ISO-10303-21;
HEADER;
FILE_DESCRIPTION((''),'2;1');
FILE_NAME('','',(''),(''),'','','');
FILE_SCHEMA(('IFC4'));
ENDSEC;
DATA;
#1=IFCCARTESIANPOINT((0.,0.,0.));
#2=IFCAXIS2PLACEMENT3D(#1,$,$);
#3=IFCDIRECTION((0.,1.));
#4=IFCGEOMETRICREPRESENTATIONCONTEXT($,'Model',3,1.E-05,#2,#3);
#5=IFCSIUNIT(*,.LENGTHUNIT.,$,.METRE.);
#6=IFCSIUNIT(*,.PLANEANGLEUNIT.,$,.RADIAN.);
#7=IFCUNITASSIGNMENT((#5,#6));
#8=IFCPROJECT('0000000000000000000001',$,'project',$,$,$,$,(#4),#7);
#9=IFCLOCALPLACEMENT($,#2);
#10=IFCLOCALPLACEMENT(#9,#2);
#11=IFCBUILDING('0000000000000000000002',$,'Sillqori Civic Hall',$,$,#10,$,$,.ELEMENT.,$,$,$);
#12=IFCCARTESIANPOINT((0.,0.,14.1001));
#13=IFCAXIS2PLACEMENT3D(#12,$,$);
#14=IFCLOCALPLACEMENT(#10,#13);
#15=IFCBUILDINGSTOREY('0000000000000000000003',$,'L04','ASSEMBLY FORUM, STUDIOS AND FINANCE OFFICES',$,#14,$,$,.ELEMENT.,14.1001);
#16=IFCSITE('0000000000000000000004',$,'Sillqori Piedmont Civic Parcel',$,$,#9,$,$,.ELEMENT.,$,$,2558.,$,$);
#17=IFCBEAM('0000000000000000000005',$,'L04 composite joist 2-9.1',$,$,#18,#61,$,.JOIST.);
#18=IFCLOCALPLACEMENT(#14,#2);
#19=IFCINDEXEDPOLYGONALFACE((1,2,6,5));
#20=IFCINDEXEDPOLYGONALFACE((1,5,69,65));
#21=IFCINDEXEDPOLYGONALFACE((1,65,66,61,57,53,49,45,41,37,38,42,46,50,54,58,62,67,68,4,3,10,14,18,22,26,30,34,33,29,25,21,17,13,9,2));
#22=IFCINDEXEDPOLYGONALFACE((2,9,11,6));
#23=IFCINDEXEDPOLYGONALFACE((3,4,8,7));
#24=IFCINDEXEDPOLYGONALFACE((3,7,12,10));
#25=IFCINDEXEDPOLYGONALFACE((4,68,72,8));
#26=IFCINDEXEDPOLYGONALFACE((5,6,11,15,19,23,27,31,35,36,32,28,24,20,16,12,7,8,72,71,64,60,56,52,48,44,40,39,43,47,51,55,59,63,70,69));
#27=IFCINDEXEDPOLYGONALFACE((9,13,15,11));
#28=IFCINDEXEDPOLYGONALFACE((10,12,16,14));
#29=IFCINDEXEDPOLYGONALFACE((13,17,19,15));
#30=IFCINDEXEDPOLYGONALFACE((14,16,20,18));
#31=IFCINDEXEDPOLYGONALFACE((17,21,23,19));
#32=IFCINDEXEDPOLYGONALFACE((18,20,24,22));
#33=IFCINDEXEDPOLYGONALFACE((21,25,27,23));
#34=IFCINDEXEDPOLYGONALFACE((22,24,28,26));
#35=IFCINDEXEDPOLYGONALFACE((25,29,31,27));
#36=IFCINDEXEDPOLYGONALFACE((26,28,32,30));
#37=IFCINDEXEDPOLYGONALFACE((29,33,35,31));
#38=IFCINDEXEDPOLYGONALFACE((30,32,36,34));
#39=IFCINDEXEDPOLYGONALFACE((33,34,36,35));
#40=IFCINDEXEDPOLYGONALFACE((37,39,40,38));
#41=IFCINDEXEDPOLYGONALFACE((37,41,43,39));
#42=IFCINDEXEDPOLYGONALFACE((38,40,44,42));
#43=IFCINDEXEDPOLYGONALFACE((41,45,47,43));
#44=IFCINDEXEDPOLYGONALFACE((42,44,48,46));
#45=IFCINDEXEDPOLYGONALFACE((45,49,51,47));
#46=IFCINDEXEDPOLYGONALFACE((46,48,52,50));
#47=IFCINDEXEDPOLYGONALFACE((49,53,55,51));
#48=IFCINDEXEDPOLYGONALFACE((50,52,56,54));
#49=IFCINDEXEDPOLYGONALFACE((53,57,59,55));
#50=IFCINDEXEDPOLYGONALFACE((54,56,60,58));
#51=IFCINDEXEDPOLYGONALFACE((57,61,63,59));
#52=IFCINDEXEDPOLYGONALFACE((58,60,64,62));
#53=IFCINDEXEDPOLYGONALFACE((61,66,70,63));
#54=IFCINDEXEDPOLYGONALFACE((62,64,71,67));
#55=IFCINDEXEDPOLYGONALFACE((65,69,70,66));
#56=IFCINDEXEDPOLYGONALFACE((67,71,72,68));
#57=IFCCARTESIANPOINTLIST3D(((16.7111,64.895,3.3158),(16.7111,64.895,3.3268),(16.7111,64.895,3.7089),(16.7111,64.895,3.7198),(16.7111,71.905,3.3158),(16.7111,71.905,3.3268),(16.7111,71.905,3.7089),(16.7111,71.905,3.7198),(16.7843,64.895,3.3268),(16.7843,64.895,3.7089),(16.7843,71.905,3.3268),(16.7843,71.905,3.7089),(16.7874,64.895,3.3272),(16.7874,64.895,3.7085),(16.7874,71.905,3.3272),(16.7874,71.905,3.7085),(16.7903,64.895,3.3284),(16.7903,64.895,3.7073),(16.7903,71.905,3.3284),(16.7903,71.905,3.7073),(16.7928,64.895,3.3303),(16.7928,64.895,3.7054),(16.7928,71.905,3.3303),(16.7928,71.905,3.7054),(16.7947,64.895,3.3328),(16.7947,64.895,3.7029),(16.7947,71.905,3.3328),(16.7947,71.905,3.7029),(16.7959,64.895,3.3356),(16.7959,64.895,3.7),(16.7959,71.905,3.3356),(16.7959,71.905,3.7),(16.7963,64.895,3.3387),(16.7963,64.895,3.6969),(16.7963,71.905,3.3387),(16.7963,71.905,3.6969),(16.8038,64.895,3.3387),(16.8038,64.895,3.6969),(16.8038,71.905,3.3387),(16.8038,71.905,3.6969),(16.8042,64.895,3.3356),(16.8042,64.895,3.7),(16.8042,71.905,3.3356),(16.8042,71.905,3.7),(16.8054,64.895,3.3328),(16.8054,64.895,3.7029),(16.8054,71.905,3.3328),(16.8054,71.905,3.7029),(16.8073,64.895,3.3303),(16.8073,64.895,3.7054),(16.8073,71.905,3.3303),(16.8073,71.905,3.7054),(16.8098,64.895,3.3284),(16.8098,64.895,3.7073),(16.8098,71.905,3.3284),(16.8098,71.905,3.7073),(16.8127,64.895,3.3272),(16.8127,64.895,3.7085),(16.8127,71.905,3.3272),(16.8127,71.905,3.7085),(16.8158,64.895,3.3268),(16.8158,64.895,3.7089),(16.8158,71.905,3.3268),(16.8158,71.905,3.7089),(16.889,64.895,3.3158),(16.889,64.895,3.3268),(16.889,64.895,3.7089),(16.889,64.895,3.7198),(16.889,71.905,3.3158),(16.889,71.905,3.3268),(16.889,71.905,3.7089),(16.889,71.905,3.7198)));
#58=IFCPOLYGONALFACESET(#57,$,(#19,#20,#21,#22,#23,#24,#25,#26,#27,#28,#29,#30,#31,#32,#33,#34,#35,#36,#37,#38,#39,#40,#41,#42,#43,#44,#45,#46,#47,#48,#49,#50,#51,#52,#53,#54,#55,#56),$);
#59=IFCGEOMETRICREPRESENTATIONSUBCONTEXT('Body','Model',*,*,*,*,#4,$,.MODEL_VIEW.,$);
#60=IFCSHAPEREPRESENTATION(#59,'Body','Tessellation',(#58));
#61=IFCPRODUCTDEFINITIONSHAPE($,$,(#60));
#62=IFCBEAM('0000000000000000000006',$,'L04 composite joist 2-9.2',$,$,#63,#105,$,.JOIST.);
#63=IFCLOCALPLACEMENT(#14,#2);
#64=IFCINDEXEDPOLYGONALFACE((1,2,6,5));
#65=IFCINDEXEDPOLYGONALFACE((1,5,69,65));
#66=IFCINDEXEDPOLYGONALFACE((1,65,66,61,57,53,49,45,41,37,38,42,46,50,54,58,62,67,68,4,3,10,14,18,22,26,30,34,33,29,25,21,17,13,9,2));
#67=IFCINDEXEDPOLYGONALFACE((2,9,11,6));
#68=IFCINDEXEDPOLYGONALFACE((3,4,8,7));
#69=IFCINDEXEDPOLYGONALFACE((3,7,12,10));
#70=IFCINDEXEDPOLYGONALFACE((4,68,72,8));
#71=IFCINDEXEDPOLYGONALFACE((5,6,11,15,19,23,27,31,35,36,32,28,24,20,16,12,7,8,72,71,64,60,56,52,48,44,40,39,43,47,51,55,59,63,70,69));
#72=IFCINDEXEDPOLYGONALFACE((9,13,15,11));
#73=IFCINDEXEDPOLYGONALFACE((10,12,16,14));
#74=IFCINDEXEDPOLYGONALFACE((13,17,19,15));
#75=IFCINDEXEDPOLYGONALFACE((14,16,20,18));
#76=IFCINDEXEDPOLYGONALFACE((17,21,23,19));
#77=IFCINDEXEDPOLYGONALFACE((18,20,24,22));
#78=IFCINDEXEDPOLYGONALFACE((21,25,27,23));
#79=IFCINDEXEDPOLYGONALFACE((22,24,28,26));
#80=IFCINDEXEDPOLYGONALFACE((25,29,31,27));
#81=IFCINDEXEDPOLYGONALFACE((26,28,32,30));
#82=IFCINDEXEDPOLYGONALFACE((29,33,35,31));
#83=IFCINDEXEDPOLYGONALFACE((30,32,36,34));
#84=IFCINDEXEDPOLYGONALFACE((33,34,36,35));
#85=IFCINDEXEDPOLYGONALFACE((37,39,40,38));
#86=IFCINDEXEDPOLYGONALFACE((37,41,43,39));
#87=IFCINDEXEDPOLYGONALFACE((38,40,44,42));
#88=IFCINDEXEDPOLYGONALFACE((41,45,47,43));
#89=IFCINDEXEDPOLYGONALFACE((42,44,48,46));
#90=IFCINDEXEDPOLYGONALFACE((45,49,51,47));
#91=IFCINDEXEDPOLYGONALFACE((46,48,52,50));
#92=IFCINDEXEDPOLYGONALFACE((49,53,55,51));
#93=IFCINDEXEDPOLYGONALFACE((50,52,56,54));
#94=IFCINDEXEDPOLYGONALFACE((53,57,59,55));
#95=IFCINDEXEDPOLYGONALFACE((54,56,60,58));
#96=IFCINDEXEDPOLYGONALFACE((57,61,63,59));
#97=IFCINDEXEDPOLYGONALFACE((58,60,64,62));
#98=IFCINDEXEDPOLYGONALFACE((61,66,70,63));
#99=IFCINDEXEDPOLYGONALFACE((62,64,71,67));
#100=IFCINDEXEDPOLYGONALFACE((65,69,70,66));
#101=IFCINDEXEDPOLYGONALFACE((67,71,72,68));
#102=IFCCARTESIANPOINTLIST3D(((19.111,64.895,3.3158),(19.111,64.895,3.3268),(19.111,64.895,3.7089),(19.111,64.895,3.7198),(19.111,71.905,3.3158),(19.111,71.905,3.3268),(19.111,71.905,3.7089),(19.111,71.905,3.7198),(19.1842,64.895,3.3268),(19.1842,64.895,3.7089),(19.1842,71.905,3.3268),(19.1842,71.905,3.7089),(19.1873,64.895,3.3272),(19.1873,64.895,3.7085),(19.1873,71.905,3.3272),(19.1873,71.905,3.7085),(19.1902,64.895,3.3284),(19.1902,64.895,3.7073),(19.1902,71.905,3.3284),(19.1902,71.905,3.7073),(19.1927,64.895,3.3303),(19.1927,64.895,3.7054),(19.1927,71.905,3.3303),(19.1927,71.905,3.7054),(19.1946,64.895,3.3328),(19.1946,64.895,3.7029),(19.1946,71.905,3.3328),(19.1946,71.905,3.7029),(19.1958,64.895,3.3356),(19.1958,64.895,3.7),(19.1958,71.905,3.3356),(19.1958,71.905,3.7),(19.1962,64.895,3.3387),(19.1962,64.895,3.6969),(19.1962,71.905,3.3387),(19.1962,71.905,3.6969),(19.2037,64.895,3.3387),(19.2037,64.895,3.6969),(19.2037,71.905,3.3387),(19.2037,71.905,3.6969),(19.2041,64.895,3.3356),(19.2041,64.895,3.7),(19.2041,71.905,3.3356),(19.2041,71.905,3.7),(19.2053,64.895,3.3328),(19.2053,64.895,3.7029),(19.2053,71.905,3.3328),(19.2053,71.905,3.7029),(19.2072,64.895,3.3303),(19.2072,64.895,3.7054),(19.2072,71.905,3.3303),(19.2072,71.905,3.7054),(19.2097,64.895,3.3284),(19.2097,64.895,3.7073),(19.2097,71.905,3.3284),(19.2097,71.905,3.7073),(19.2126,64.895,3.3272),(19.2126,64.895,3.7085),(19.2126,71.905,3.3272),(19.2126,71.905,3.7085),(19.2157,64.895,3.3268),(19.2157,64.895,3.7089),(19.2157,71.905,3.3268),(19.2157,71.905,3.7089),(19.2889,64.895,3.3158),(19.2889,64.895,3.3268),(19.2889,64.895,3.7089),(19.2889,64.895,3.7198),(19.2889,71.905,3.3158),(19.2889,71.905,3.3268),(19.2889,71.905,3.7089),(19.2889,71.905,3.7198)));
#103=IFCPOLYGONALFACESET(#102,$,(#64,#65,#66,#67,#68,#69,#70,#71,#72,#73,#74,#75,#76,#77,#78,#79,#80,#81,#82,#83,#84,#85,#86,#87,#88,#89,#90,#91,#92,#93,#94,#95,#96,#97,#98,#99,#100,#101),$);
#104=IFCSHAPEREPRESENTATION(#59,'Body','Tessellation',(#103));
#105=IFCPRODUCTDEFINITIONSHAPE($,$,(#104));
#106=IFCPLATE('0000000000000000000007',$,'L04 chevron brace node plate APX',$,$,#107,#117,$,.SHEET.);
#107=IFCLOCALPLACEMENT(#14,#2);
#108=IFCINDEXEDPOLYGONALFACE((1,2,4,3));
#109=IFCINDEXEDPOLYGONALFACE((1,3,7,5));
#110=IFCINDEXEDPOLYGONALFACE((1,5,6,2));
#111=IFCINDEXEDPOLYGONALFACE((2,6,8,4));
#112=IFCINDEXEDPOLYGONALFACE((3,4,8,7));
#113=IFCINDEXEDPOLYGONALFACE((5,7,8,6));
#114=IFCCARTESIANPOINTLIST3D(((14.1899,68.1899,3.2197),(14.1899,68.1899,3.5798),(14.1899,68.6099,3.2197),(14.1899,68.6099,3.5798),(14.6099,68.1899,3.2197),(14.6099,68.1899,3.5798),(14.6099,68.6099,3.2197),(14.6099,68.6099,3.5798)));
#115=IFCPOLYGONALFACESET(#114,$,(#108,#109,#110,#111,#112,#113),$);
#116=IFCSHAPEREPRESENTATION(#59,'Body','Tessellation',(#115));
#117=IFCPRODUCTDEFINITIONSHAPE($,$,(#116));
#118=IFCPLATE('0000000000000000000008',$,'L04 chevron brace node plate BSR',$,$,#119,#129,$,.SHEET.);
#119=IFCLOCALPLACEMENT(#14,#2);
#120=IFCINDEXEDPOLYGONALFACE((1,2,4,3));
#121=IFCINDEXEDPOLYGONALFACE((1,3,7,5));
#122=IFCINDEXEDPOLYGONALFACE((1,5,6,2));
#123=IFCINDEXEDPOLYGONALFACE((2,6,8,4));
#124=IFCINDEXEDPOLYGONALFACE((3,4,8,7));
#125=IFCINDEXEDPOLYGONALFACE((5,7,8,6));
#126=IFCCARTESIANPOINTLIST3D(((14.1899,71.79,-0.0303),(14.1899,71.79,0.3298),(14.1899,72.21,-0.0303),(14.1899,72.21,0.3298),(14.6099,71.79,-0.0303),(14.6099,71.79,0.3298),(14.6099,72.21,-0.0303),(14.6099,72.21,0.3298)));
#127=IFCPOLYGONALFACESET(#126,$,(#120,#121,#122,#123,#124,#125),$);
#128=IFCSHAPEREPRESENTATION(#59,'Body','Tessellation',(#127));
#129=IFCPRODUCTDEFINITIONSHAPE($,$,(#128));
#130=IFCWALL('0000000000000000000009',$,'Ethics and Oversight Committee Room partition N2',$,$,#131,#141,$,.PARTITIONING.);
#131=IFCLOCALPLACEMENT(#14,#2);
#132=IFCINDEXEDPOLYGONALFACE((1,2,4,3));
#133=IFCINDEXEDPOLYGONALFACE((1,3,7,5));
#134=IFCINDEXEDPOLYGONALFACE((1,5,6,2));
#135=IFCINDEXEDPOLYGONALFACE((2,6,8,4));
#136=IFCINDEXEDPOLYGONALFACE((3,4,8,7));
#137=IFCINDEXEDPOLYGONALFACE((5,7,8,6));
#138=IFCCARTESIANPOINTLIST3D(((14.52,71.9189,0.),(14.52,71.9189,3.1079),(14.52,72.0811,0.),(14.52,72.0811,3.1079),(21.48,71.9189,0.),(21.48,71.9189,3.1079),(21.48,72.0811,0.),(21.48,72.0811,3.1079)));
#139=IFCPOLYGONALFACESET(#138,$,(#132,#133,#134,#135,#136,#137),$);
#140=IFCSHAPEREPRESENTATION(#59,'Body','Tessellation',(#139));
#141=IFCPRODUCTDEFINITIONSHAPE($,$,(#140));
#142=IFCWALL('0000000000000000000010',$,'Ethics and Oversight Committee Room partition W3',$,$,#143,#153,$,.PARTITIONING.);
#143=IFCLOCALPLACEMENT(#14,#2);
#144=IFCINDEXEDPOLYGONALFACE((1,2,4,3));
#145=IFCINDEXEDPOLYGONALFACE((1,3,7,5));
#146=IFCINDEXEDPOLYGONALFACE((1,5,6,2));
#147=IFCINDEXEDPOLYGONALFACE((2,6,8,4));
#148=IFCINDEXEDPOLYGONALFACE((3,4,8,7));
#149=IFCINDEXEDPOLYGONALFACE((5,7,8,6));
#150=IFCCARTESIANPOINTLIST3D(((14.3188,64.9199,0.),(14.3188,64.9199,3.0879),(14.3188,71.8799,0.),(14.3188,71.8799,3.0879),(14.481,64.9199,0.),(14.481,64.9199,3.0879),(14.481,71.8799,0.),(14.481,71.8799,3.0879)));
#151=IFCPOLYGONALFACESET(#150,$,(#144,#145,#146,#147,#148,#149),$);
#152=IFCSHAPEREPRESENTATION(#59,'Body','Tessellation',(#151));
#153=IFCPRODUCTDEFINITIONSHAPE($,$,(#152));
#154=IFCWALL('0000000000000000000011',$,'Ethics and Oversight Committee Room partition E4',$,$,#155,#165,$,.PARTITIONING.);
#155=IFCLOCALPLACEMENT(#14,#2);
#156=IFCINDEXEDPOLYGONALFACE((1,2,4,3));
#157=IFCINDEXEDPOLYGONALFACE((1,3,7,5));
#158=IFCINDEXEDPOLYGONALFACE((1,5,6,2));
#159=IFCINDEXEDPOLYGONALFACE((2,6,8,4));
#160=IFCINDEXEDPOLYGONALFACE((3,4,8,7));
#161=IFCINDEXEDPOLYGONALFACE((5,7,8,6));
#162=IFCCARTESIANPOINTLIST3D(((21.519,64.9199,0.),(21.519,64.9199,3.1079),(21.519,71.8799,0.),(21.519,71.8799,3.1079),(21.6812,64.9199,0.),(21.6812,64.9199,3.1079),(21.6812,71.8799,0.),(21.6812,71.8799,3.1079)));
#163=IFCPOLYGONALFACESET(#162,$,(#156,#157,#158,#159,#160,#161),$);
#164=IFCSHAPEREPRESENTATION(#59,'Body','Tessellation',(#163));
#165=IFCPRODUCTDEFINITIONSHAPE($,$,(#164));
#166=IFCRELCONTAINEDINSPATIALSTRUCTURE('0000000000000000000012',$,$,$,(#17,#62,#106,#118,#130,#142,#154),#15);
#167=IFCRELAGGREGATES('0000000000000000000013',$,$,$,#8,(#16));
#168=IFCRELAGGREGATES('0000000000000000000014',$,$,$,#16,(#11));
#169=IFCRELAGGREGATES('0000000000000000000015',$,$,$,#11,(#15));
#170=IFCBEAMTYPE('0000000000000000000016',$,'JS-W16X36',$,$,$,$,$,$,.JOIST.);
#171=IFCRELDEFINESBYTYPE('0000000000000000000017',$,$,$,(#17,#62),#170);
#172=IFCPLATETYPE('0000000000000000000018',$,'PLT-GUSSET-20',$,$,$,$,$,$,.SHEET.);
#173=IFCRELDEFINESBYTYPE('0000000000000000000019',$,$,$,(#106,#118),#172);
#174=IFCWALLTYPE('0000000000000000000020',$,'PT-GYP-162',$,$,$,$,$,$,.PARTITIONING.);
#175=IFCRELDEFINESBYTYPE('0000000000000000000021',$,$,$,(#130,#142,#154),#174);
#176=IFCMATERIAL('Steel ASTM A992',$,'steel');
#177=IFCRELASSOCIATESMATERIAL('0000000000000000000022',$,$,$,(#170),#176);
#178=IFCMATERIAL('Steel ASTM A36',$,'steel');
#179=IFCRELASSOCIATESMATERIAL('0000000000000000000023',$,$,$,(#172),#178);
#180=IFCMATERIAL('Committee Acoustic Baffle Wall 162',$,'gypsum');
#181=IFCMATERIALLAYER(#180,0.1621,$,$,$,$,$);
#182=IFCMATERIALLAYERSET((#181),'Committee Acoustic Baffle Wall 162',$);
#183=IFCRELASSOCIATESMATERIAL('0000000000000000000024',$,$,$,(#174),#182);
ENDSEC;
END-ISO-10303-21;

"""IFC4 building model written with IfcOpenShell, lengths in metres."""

from ifc_helpers import new_model, si_unit, direction, frame, frame_2d, origin, origin_2d, place, context, subcontext, project, spatial, rectangle, i_section, extrude, material, layer, layer_set, material_profile, profile_set, type_object, element, save


model = new_model("IFC4")

# Units and contexts
model_context = context("Model", 3, precision=1e-05, world=origin(), true_north=direction((0.0, 1.0)))
body_context = subcontext(model_context, "Body", "Model", "MODEL_VIEW")
ifc_project = project(units=[si_unit("LENGTHUNIT", "METRE"), si_unit("PLANEANGLEUNIT", "RADIAN")], contexts=[model_context])

# Site, building, storey
site_placement = place(None, origin())
site = spatial("IfcSite", under=ifc_project, at=site_placement, Name="Sillqori Piedmont Civic Parcel", CompositionType="ELEMENT", RefElevation=2558.0)
building_placement = place(site_placement, origin())
building = spatial("IfcBuilding", under=site, at=building_placement, Name="Sillqori Civic Hall", CompositionType="ELEMENT")
storey_placement = place(building_placement, frame((0.0, 0.0, 14.1001)))
storey = spatial("IfcBuildingStorey", under=building, at=storey_placement, Name="L04", Description="ASSEMBLY FORUM, STUDIOS AND FINANCE OFFICES", CompositionType="ELEMENT", Elevation=14.1001)

# Shared definitions
ifc_material_1 = material(Name="Steel ASTM A992", Category="steel")

# Beams
ifc_material_profile_1 = material_profile(ifc_material_1, i_section(OverallWidth=0.178, OverallDepth=0.4041, WebThickness=0.0076, FlangeThickness=0.011, FilletRadius=0.012, at=origin_2d()), Name="W16X36")
ifc_profile_set_1 = profile_set([ifc_material_profile_1], Name="Steel ASTM A992")
beam_type_1 = type_object("IfcBeamType", Name="JS-W16X36", PredefinedType="JOIST", material=ifc_profile_set_1)
for number, where, z_axis, x_axis, name in (
    (1, (16.8, 64.895, 3.5178), (0.0, 1.0, 0.0), (-1.0, 0.0, 0.0), "L04 composite joist 2-9.1"),
    (2, (19.2, 64.895, 3.5178), (0.0, 1.0, 0.0), (-1.0, 0.0, 0.0), "L04 composite joist 2-9.2"),
):
    element("IfcBeam", number, at=place(storey_placement, frame(where, z_axis=z_axis, x_axis=x_axis)), inside=storey, type_object=beam_type_1, Name=name, PredefinedType="JOIST", context=body_context, shape_type="SweptSolid", body=[
        extrude(i_section(OverallWidth=0.178, OverallDepth=0.4041, WebThickness=0.0076, FlangeThickness=0.011, FilletRadius=0.012, at=origin_2d()), origin(), (0.0, 0.0, 1.0), 7.01),
    ])

# Plates
ifc_material_2 = material(Name="Steel ASTM A36", Category="steel")
plate_type = type_object("IfcPlateType", Name="PLT-GUSSET-20", PredefinedType="SHEET", material=ifc_material_2)
for number, where, z_axis, x_axis, name in (
    (3, (14.3999, 68.3999, 3.2197), (0.0, 0.0, 1.0), (1.0, 0.0, 0.0), "L04 chevron brace node plate APX"),
    (4, (14.3999, 72.0, -0.0303), (0.0, 0.0, 1.0), (1.0, 0.0, 0.0), "L04 chevron brace node plate BSR"),
):
    element("IfcPlate", number, at=place(storey_placement, frame(where, z_axis=z_axis, x_axis=x_axis)), inside=storey, type_object=plate_type, Name=name, PredefinedType="SHEET", context=body_context, shape_type="SweptSolid", body=[
        extrude(rectangle(XDim=0.4199, YDim=0.4199, at=origin_2d()), origin(), (0.0, 0.0, 1.0), 0.3601),
    ])

# Walls
ifc_material_3 = material(Name="Committee Acoustic Baffle Wall 162", Category="gypsum")
ifc_layer = layer(ifc_material_3, 0.1621)
ifc_layer_set = layer_set([ifc_layer], Name="Committee Acoustic Baffle Wall 162")
wall_type = type_object("IfcWallType", Name="PT-GYP-162", PredefinedType="PARTITIONING", material=ifc_layer_set)
wall_1_placement = place(storey_placement, frame((14.52, 72.0, 0.0), z_axis=(0.0, 0.0, 1.0), x_axis=(1.0, 0.0, 0.0)))
element("IfcWall", 5, at=wall_1_placement, inside=storey, type_object=wall_type, Name="Ethics and Oversight Committee Room partition N2", PredefinedType="PARTITIONING", context=body_context, shape_type="SweptSolid", body=[
    extrude(rectangle(XDim=6.96, YDim=0.1621, at=frame_2d((3.48, 0.0))), origin(), (0.0, 0.0, 1.0), 3.1079),
])
wall_2_placement = place(storey_placement, frame((14.3999, 64.9199, 0.0), z_axis=(0.0, 0.0, 1.0), x_axis=(0.0, 1.0, 0.0)))
element("IfcWall", 6, at=wall_2_placement, inside=storey, type_object=wall_type, Name="Ethics and Oversight Committee Room partition W3", PredefinedType="PARTITIONING", context=body_context, shape_type="SweptSolid", body=[
    extrude(rectangle(XDim=6.96, YDim=0.1621, at=frame_2d((3.48, 0.0))), origin(), (0.0, 0.0, 1.0), 3.0879),
])
wall_3_placement = place(storey_placement, frame((21.6001, 71.8799, 0.0), z_axis=(0.0, 0.0, 1.0), x_axis=(0.0, -1.0, 0.0)))
element("IfcWall", 7, at=wall_3_placement, inside=storey, type_object=wall_type, Name="Ethics and Oversight Committee Room partition E4", PredefinedType="PARTITIONING", context=body_context, shape_type="SweptSolid", body=[
    extrude(rectangle(XDim=6.96, YDim=0.1621, at=frame_2d((3.48, 0.0))), origin(), (0.0, 0.0, 1.0), 3.1079),
])

save(model, "model.ifc")
